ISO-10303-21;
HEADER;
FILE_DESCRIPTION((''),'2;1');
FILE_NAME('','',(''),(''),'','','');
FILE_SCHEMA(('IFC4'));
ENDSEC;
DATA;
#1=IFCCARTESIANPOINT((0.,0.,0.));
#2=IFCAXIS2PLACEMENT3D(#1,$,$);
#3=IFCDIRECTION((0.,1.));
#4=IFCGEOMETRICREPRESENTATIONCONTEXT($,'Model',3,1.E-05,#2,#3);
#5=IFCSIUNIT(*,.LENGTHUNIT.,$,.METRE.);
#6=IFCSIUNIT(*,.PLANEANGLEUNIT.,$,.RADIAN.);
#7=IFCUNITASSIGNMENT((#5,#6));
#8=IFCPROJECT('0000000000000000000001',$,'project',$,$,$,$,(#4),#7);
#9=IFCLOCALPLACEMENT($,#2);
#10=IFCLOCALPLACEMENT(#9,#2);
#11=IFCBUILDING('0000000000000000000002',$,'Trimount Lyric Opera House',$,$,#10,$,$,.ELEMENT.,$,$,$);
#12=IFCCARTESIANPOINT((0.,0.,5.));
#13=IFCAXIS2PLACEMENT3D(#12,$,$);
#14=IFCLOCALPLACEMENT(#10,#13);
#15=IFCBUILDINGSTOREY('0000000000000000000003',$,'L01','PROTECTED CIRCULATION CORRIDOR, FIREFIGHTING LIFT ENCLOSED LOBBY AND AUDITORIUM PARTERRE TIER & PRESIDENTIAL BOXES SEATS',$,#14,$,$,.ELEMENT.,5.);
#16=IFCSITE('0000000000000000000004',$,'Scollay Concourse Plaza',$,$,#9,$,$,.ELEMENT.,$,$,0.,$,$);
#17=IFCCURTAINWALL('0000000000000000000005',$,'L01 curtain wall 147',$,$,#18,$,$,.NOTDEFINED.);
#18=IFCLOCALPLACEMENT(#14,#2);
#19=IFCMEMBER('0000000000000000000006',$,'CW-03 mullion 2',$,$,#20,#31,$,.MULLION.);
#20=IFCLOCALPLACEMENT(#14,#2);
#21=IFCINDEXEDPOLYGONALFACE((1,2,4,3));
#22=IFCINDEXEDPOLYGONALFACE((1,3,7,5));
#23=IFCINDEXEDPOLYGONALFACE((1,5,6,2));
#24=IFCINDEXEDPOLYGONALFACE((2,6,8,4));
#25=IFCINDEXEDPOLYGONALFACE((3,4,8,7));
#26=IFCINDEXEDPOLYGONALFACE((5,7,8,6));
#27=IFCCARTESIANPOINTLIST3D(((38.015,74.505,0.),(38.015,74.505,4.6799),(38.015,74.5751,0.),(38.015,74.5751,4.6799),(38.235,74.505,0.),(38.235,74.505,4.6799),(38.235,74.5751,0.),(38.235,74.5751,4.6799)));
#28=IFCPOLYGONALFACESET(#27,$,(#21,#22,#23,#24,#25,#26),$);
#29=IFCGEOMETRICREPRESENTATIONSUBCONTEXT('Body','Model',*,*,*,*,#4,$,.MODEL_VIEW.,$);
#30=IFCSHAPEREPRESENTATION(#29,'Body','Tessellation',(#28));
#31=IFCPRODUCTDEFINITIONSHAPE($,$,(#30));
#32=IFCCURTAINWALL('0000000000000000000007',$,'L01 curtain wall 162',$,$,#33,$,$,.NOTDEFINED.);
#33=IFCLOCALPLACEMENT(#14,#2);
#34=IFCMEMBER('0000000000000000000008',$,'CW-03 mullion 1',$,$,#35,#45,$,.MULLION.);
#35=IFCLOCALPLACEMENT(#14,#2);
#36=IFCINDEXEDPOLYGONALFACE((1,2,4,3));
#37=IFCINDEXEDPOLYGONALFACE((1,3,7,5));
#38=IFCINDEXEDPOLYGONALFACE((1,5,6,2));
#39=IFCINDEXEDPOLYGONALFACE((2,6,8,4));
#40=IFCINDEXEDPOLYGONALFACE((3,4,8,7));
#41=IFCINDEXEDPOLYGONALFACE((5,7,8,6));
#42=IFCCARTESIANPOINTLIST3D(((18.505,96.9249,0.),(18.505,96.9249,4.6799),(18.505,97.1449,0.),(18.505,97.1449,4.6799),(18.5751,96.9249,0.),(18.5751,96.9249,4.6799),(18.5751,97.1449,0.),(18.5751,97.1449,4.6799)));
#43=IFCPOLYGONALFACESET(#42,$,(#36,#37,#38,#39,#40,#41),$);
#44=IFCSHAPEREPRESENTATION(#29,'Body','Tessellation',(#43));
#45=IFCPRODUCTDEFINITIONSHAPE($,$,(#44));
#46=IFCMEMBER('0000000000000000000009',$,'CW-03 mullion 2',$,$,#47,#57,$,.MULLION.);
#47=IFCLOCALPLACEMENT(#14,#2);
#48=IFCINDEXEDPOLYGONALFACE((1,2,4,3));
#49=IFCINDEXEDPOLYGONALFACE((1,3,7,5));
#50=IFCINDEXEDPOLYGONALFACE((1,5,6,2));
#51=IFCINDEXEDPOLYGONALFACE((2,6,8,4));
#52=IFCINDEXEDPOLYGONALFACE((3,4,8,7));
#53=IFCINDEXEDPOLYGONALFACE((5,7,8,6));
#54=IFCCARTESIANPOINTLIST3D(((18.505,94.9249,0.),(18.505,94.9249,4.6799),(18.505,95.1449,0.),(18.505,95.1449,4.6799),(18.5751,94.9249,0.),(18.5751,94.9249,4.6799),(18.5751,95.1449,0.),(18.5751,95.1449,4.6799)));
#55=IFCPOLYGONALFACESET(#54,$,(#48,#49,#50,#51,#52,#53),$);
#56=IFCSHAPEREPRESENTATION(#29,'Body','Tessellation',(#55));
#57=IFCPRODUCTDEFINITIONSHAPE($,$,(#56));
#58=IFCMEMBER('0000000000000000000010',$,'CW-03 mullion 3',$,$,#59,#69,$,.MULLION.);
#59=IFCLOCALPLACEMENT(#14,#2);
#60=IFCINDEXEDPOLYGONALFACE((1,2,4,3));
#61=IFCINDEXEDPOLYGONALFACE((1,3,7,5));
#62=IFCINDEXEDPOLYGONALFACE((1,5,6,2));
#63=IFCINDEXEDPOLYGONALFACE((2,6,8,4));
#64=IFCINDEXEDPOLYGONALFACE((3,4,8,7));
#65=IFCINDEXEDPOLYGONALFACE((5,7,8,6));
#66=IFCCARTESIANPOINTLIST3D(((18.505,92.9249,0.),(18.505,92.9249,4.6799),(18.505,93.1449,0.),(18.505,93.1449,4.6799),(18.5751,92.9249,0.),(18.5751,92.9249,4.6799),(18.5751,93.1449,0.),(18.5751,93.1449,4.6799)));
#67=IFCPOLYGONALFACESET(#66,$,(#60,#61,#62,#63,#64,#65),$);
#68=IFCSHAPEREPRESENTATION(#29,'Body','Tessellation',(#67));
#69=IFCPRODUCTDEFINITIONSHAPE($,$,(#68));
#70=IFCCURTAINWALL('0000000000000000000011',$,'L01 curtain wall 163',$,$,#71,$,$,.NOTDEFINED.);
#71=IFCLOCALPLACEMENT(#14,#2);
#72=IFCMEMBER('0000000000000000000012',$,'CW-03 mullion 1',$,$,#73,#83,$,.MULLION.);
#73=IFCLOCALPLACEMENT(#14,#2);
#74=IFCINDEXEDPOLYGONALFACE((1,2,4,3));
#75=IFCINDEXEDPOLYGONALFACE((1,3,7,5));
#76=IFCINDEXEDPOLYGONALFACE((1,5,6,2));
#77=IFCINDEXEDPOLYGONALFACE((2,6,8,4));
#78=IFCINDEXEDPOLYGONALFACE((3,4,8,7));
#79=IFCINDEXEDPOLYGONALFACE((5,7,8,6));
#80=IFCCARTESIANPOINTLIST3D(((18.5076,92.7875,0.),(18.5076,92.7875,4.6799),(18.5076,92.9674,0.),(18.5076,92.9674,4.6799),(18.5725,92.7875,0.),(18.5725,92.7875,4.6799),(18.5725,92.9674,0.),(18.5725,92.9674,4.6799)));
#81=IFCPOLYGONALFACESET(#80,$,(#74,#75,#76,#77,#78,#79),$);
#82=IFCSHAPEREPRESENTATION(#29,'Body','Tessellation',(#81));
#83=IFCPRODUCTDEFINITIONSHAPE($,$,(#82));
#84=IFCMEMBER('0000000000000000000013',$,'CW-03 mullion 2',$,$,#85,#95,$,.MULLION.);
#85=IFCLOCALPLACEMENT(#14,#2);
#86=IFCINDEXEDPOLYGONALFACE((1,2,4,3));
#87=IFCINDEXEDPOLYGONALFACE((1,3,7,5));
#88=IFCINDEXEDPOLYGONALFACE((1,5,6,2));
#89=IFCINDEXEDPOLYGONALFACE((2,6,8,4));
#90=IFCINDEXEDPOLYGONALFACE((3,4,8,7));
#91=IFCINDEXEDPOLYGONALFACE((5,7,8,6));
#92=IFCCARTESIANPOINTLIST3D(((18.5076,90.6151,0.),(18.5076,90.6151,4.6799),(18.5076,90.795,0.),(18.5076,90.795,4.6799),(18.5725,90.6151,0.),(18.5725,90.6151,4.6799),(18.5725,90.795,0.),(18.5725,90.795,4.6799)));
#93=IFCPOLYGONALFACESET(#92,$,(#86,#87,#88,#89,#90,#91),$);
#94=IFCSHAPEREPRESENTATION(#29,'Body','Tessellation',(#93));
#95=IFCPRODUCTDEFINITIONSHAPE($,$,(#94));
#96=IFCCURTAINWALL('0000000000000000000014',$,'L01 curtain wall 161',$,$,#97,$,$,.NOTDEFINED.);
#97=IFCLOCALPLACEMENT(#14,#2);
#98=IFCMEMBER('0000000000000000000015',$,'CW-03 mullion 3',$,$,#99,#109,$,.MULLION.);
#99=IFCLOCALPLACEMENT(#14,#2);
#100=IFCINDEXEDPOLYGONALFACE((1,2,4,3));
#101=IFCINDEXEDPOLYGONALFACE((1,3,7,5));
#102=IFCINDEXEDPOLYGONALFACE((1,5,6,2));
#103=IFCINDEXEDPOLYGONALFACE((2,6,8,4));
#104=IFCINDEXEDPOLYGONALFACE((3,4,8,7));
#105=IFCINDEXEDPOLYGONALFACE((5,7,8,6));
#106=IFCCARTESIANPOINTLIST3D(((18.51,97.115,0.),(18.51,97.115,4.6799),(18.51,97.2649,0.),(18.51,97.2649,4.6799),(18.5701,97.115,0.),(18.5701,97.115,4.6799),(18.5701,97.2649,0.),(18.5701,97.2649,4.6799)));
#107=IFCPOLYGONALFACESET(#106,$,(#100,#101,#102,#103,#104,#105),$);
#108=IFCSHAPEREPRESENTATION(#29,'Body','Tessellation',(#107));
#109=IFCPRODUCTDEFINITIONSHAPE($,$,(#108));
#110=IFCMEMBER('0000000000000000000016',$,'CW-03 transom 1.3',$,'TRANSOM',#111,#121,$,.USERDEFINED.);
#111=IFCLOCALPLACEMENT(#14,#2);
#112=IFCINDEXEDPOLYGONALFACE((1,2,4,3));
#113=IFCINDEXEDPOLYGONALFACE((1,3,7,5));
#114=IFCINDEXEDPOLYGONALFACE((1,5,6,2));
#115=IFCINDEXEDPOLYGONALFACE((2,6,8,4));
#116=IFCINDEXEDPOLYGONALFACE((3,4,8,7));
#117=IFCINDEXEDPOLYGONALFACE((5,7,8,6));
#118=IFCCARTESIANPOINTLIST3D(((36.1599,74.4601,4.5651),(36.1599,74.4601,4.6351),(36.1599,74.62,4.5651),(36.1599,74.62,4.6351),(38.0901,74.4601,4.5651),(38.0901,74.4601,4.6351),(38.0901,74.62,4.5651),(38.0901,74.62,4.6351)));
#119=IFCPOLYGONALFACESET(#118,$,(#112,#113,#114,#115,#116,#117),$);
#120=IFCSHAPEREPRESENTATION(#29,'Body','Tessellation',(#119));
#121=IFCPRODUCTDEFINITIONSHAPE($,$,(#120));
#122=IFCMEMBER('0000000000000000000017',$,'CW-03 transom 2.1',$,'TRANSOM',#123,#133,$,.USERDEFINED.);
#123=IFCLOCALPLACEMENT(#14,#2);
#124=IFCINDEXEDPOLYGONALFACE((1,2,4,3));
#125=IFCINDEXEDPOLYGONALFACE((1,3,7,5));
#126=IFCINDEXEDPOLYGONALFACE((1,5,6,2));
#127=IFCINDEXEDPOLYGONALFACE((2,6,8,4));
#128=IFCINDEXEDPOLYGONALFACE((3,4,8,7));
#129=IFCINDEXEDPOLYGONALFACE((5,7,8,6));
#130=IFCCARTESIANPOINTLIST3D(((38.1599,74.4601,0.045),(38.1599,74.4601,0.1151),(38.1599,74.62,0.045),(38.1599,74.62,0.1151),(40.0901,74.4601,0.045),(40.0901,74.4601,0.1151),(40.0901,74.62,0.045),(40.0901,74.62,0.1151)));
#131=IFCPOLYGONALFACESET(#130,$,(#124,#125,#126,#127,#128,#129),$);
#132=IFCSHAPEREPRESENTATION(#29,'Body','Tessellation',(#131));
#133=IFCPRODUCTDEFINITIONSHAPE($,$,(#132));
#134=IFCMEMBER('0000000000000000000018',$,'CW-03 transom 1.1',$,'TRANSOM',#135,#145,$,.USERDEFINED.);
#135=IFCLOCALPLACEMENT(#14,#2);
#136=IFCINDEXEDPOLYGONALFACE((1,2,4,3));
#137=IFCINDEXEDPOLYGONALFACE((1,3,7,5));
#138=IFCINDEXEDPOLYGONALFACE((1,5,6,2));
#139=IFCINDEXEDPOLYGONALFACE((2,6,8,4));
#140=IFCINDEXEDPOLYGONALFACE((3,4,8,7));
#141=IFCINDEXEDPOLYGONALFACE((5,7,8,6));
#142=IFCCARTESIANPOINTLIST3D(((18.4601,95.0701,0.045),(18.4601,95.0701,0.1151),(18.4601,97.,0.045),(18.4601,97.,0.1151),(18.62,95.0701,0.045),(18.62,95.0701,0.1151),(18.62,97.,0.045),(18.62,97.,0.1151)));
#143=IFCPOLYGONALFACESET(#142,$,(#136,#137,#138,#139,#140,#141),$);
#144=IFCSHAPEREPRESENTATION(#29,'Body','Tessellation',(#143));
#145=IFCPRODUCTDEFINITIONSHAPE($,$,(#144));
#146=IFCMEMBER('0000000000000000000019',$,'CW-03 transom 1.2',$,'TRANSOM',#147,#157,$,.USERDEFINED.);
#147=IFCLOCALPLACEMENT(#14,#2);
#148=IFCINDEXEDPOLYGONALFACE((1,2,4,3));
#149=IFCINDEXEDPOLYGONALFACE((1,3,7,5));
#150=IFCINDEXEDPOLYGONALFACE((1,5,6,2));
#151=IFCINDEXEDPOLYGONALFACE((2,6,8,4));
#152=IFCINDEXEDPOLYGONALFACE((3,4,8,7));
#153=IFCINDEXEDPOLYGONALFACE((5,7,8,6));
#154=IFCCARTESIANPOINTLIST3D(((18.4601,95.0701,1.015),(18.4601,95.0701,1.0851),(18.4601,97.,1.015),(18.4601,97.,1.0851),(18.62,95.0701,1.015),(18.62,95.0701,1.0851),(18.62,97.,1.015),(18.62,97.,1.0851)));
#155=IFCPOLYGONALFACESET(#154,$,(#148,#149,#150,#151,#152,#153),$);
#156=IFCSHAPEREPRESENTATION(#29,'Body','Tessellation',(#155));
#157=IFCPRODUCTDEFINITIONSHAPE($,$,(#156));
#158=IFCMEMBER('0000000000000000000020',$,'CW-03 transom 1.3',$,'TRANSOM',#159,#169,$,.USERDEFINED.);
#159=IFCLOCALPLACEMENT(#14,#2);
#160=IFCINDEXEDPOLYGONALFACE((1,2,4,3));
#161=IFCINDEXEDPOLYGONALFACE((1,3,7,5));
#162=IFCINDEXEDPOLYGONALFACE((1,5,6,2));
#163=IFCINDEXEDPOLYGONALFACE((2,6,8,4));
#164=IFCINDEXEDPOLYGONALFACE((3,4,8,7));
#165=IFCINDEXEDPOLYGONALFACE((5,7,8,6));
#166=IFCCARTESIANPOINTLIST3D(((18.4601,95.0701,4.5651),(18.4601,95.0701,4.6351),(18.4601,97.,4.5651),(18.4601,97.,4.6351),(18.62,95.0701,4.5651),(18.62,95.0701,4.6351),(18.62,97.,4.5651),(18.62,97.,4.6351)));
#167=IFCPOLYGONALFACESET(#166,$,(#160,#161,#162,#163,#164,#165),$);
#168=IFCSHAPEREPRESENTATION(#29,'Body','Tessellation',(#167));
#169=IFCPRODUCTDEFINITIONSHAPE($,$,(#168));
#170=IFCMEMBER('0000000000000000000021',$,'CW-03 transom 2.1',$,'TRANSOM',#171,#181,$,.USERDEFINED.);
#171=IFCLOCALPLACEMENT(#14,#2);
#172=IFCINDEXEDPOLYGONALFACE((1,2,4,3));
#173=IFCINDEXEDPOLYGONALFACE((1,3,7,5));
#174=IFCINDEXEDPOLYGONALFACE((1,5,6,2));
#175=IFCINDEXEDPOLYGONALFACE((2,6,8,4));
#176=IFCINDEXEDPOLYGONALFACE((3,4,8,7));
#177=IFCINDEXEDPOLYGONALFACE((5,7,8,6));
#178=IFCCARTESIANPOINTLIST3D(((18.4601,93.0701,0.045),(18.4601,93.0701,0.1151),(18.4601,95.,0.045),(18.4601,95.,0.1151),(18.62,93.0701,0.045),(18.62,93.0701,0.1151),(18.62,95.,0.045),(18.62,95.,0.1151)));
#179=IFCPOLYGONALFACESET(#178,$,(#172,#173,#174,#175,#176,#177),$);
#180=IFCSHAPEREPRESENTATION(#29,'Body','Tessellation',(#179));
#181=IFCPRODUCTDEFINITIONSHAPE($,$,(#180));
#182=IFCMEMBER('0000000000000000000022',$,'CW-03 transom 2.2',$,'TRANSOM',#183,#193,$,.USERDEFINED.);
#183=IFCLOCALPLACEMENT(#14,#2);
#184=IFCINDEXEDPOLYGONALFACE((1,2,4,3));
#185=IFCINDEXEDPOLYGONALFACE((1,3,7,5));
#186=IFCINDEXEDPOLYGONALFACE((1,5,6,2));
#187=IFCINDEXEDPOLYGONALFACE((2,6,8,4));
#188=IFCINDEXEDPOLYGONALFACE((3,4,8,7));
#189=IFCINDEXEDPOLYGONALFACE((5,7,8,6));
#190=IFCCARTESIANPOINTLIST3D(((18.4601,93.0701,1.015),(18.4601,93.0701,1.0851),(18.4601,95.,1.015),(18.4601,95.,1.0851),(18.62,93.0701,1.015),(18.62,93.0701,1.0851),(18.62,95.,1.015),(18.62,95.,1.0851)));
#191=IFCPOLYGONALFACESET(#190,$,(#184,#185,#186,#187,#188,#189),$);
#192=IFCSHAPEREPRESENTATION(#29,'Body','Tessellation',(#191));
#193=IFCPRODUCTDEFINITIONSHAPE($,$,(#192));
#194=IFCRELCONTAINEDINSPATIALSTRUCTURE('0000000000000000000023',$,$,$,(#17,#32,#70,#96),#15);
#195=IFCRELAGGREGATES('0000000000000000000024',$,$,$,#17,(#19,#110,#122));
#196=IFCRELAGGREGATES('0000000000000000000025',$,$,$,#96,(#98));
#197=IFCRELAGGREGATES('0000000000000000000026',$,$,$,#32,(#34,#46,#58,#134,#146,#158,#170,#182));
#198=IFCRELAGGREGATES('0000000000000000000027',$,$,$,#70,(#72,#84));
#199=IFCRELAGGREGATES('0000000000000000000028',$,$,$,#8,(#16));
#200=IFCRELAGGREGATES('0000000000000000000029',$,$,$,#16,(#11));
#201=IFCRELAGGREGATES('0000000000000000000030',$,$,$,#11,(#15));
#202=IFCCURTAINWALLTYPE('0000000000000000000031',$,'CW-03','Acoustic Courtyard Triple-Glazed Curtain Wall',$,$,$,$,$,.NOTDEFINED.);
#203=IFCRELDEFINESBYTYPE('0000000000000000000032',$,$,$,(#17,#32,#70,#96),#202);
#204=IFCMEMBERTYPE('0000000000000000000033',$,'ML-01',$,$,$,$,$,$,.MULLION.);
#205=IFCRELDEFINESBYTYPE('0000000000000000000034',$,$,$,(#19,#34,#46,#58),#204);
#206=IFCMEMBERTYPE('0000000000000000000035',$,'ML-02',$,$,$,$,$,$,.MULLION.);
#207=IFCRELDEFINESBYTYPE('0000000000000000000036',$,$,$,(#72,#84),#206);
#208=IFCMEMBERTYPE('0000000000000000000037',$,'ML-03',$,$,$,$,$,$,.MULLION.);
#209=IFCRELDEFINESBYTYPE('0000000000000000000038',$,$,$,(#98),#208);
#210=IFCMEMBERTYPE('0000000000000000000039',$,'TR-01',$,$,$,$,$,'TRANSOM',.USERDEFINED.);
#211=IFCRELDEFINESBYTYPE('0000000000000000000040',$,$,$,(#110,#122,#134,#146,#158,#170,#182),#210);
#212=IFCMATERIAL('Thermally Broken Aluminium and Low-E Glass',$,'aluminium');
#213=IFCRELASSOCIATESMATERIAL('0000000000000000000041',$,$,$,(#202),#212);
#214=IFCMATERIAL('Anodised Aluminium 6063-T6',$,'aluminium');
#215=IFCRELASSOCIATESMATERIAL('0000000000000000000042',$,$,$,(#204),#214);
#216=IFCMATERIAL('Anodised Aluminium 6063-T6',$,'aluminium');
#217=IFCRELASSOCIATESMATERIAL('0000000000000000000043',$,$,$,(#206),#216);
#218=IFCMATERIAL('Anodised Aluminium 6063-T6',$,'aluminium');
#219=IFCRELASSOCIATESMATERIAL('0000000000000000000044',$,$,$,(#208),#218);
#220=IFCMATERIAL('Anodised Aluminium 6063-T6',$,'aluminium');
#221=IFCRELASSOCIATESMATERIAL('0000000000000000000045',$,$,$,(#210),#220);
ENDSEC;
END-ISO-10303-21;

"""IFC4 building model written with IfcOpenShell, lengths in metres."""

from ifc_helpers import new_model, si_unit, direction, frame, origin, origin_2d, place, context, subcontext, project, spatial, rectangle, extrude, material, material_profile, profile_set, type_object, element, aggregate, save


model = new_model("IFC4")

# Units and contexts
model_context = context("Model", 3, precision=1e-05, world=origin(), true_north=direction((0.0, 1.0)))
body_context = subcontext(model_context, "Body", "Model", "MODEL_VIEW")
ifc_project = project(units=[si_unit("LENGTHUNIT", "METRE"), si_unit("PLANEANGLEUNIT", "RADIAN")], contexts=[model_context])

# Site, building, storey
site_placement = place(None, origin())
site = spatial("IfcSite", under=ifc_project, at=site_placement, Name="Scollay Concourse Plaza", CompositionType="ELEMENT", RefElevation=0.0)
building_placement = place(site_placement, origin())
building = spatial("IfcBuilding", under=site, at=building_placement, Name="Trimount Lyric Opera House", CompositionType="ELEMENT")
storey_placement = place(building_placement, frame((0.0, 0.0, 5.0)))
storey = spatial("IfcBuildingStorey", under=building, at=storey_placement, Name="L01", Description="PROTECTED CIRCULATION CORRIDOR, FIREFIGHTING LIFT ENCLOSED LOBBY AND AUDITORIUM PARTERRE TIER & PRESIDENTIAL BOXES SEATS", CompositionType="ELEMENT", Elevation=5.0)

# Curtain wall, member
ifc_material_1 = material(Name="Thermally Broken Aluminium and Low-E Glass", Category="aluminium")
curtain_wall_type = type_object("IfcCurtainWallType", Name="CW-03", Description="Acoustic Courtyard Triple-Glazed Curtain Wall", PredefinedType="NOTDEFINED", material=ifc_material_1)
curtain_wall_1_placement = place(storey_placement, origin())
curtain_wall_1 = element("IfcCurtainWall", 1, at=curtain_wall_1_placement, inside=storey, type_object=curtain_wall_type, Name="L01 curtain wall 147", PredefinedType="NOTDEFINED")
ifc_material_2 = material(Name="Anodised Aluminium 6063-T6", Category="aluminium")
ifc_material_profile_1 = material_profile(ifc_material_2, rectangle(XDim=0.0701, YDim=0.22, at=origin_2d()), Name="ALU-MULL-70X220")
ifc_profile_set_1 = profile_set([ifc_material_profile_1], Name="Anodised Aluminium 6063-T6")
member_type_1 = type_object("IfcMemberType", Name="ML-01", PredefinedType="MULLION", material=ifc_profile_set_1)
member_1_placement = place(storey_placement, frame((38.125, 74.54, 0.0), z_axis=(0.0, 0.0, 1.0), x_axis=(0.0, 1.0, 0.0)))
member_1 = element("IfcMember", 2, at=member_1_placement, type_object=member_type_1, Name="CW-03 mullion 2", PredefinedType="MULLION", context=body_context, shape_type="SweptSolid", body=[
    extrude(rectangle(XDim=0.0701, YDim=0.22, at=origin_2d()), origin(), (0.0, 0.0, 1.0), 4.6799),
])

# Curtain walls, members
curtain_wall_2_placement = place(storey_placement, origin())
curtain_wall_2 = element("IfcCurtainWall", 3, at=curtain_wall_2_placement, inside=storey, type_object=curtain_wall_type, Name="L01 curtain wall 162", PredefinedType="NOTDEFINED")
member_2_placement = place(storey_placement, frame((18.54, 97.0349, 0.0), z_axis=(0.0, 0.0, 1.0), x_axis=(1.0, 0.0, 0.0)))
member_2 = element("IfcMember", 4, at=member_2_placement, type_object=member_type_1, Name="CW-03 mullion 1", PredefinedType="MULLION", context=body_context, shape_type="SweptSolid", body=[
    extrude(rectangle(XDim=0.0701, YDim=0.22, at=origin_2d()), origin(), (0.0, 0.0, 1.0), 4.6799),
])
member_3_placement = place(storey_placement, frame((18.54, 95.0349, 0.0), z_axis=(0.0, 0.0, 1.0), x_axis=(1.0, 0.0, 0.0)))
member_3 = element("IfcMember", 5, at=member_3_placement, type_object=member_type_1, Name="CW-03 mullion 2", PredefinedType="MULLION", context=body_context, shape_type="SweptSolid", body=[
    extrude(rectangle(XDim=0.0701, YDim=0.22, at=origin_2d()), origin(), (0.0, 0.0, 1.0), 4.6799),
])
member_4_placement = place(storey_placement, frame((18.54, 93.0349, 0.0), z_axis=(0.0, 0.0, 1.0), x_axis=(1.0, 0.0, 0.0)))
member_4 = element("IfcMember", 6, at=member_4_placement, type_object=member_type_1, Name="CW-03 mullion 3", PredefinedType="MULLION", context=body_context, shape_type="SweptSolid", body=[
    extrude(rectangle(XDim=0.0701, YDim=0.22, at=origin_2d()), origin(), (0.0, 0.0, 1.0), 4.6799),
])
curtain_wall_3_placement = place(storey_placement, origin())
curtain_wall_3 = element("IfcCurtainWall", 7, at=curtain_wall_3_placement, inside=storey, type_object=curtain_wall_type, Name="L01 curtain wall 163", PredefinedType="NOTDEFINED")
ifc_material_3 = material(Name="Anodised Aluminium 6063-T6", Category="aluminium")
ifc_material_profile_2 = material_profile(ifc_material_3, rectangle(XDim=0.0649, YDim=0.1799, at=origin_2d()), Name="ALU-MULL-65X180")
ifc_profile_set_2 = profile_set([ifc_material_profile_2], Name="Anodised Aluminium 6063-T6")
member_type_2 = type_object("IfcMemberType", Name="ML-02", PredefinedType="MULLION", material=ifc_profile_set_2)
member_5_placement = place(storey_placement, frame((18.54, 92.8774, 0.0), z_axis=(0.0, 0.0, 1.0), x_axis=(1.0, 0.0, 0.0)))
member_5 = element("IfcMember", 8, at=member_5_placement, type_object=member_type_2, Name="CW-03 mullion 1", PredefinedType="MULLION", context=body_context, shape_type="SweptSolid", body=[
    extrude(rectangle(XDim=0.0649, YDim=0.1799, at=origin_2d()), origin(), (0.0, 0.0, 1.0), 4.6799),
])
member_6_placement = place(storey_placement, frame((18.54, 90.7051, 0.0), z_axis=(0.0, 0.0, 1.0), x_axis=(1.0, 0.0, 0.0)))
member_6 = element("IfcMember", 9, at=member_6_placement, type_object=member_type_2, Name="CW-03 mullion 2", PredefinedType="MULLION", context=body_context, shape_type="SweptSolid", body=[
    extrude(rectangle(XDim=0.0649, YDim=0.1799, at=origin_2d()), origin(), (0.0, 0.0, 1.0), 4.6799),
])

# Curtain wall, member
curtain_wall_4_placement = place(storey_placement, origin())
curtain_wall_4 = element("IfcCurtainWall", 10, at=curtain_wall_4_placement, inside=storey, type_object=curtain_wall_type, Name="L01 curtain wall 161", PredefinedType="NOTDEFINED")
ifc_material_4 = material(Name="Anodised Aluminium 6063-T6", Category="aluminium")
ifc_material_profile_3 = material_profile(ifc_material_4, rectangle(XDim=0.0601, YDim=0.1499, at=origin_2d()), Name="ALU-MULL-60X150")
ifc_profile_set_3 = profile_set([ifc_material_profile_3], Name="Anodised Aluminium 6063-T6")
member_type_3 = type_object("IfcMemberType", Name="ML-03", PredefinedType="MULLION", material=ifc_profile_set_3)
member_7_placement = place(storey_placement, frame((18.54, 97.1899, 0.0), z_axis=(0.0, 0.0, 1.0), x_axis=(1.0, 0.0, 0.0)))
member_7 = element("IfcMember", 11, at=member_7_placement, type_object=member_type_3, Name="CW-03 mullion 3", PredefinedType="MULLION", context=body_context, shape_type="SweptSolid", body=[
    extrude(rectangle(XDim=0.0601, YDim=0.1499, at=origin_2d()), origin(), (0.0, 0.0, 1.0), 4.6799),
])

# Members
ifc_material_5 = material(Name="Anodised Aluminium 6063-T6", Category="aluminium")
ifc_material_profile_4 = material_profile(ifc_material_5, rectangle(XDim=0.1599, YDim=0.0701, at=origin_2d()), Name="ALU-TRAN-70X160")
ifc_profile_set_4 = profile_set([ifc_material_profile_4], Name="Anodised Aluminium 6063-T6")
member_type_4 = type_object("IfcMemberType", Name="TR-01", ElementType="TRANSOM", PredefinedType="USERDEFINED", material=ifc_profile_set_4)
member_8_placement = place(storey_placement, frame((36.1599, 74.54, 4.6001), z_axis=(1.0, 0.0, 0.0), x_axis=(0.0, 1.0, 0.0)))
member_8 = element("IfcMember", 12, at=member_8_placement, type_object=member_type_4, Name="CW-03 transom 1.3", ObjectType="TRANSOM", PredefinedType="USERDEFINED", context=body_context, shape_type="SweptSolid", body=[
    extrude(rectangle(XDim=0.1599, YDim=0.0701, at=origin_2d()), origin(), (0.0, 0.0, 1.0), 1.9302),
])
member_9_placement = place(storey_placement, frame((38.1599, 74.54, 0.0801), z_axis=(1.0, 0.0, 0.0), x_axis=(0.0, 1.0, 0.0)))
member_9 = element("IfcMember", 13, at=member_9_placement, type_object=member_type_4, Name="CW-03 transom 2.1", ObjectType="TRANSOM", PredefinedType="USERDEFINED", context=body_context, shape_type="SweptSolid", body=[
    extrude(rectangle(XDim=0.1599, YDim=0.0701, at=origin_2d()), origin(), (0.0, 0.0, 1.0), 1.9302),
])
member_10_placement = place(storey_placement, frame((18.54, 97.0, 0.0801), z_axis=(0.0, -1.0, 0.0), x_axis=(1.0, 0.0, 0.0)))
member_10 = element("IfcMember", 14, at=member_10_placement, type_object=member_type_4, Name="CW-03 transom 1.1", ObjectType="TRANSOM", PredefinedType="USERDEFINED", context=body_context, shape_type="SweptSolid", body=[
    extrude(rectangle(XDim=0.1599, YDim=0.0701, at=origin_2d()), origin(), (0.0, 0.0, 1.0), 1.9299),
])
member_11_placement = place(storey_placement, frame((18.54, 97.0, 1.05), z_axis=(0.0, -1.0, 0.0), x_axis=(1.0, 0.0, 0.0)))
member_11 = element("IfcMember", 15, at=member_11_placement, type_object=member_type_4, Name="CW-03 transom 1.2", ObjectType="TRANSOM", PredefinedType="USERDEFINED", context=body_context, shape_type="SweptSolid", body=[
    extrude(rectangle(XDim=0.1599, YDim=0.0701, at=origin_2d()), origin(), (0.0, 0.0, 1.0), 1.9299),
])
member_12_placement = place(storey_placement, frame((18.54, 97.0, 4.6001), z_axis=(0.0, -1.0, 0.0), x_axis=(1.0, 0.0, 0.0)))
member_12 = element("IfcMember", 16, at=member_12_placement, type_object=member_type_4, Name="CW-03 transom 1.3", ObjectType="TRANSOM", PredefinedType="USERDEFINED", context=body_context, shape_type="SweptSolid", body=[
    extrude(rectangle(XDim=0.1599, YDim=0.0701, at=origin_2d()), origin(), (0.0, 0.0, 1.0), 1.9299),
])
member_13_placement = place(storey_placement, frame((18.54, 95.0, 0.0801), z_axis=(0.0, -1.0, 0.0), x_axis=(1.0, 0.0, 0.0)))
member_13 = element("IfcMember", 17, at=member_13_placement, type_object=member_type_4, Name="CW-03 transom 2.1", ObjectType="TRANSOM", PredefinedType="USERDEFINED", context=body_context, shape_type="SweptSolid", body=[
    extrude(rectangle(XDim=0.1599, YDim=0.0701, at=origin_2d()), origin(), (0.0, 0.0, 1.0), 1.9299),
])
member_14_placement = place(storey_placement, frame((18.54, 95.0, 1.05), z_axis=(0.0, -1.0, 0.0), x_axis=(1.0, 0.0, 0.0)))
member_14 = element("IfcMember", 18, at=member_14_placement, type_object=member_type_4, Name="CW-03 transom 2.2", ObjectType="TRANSOM", PredefinedType="USERDEFINED", context=body_context, shape_type="SweptSolid", body=[
    extrude(rectangle(XDim=0.1599, YDim=0.0701, at=origin_2d()), origin(), (0.0, 0.0, 1.0), 1.9299),
])

aggregate(curtain_wall_1, [member_1, member_8, member_9])
aggregate(curtain_wall_4, [member_7])
aggregate(curtain_wall_2, [member_2, member_3, member_4, member_10, member_11, member_12, member_13, member_14])
aggregate(curtain_wall_3, [member_5, member_6])

save(model, "model.ifc")
